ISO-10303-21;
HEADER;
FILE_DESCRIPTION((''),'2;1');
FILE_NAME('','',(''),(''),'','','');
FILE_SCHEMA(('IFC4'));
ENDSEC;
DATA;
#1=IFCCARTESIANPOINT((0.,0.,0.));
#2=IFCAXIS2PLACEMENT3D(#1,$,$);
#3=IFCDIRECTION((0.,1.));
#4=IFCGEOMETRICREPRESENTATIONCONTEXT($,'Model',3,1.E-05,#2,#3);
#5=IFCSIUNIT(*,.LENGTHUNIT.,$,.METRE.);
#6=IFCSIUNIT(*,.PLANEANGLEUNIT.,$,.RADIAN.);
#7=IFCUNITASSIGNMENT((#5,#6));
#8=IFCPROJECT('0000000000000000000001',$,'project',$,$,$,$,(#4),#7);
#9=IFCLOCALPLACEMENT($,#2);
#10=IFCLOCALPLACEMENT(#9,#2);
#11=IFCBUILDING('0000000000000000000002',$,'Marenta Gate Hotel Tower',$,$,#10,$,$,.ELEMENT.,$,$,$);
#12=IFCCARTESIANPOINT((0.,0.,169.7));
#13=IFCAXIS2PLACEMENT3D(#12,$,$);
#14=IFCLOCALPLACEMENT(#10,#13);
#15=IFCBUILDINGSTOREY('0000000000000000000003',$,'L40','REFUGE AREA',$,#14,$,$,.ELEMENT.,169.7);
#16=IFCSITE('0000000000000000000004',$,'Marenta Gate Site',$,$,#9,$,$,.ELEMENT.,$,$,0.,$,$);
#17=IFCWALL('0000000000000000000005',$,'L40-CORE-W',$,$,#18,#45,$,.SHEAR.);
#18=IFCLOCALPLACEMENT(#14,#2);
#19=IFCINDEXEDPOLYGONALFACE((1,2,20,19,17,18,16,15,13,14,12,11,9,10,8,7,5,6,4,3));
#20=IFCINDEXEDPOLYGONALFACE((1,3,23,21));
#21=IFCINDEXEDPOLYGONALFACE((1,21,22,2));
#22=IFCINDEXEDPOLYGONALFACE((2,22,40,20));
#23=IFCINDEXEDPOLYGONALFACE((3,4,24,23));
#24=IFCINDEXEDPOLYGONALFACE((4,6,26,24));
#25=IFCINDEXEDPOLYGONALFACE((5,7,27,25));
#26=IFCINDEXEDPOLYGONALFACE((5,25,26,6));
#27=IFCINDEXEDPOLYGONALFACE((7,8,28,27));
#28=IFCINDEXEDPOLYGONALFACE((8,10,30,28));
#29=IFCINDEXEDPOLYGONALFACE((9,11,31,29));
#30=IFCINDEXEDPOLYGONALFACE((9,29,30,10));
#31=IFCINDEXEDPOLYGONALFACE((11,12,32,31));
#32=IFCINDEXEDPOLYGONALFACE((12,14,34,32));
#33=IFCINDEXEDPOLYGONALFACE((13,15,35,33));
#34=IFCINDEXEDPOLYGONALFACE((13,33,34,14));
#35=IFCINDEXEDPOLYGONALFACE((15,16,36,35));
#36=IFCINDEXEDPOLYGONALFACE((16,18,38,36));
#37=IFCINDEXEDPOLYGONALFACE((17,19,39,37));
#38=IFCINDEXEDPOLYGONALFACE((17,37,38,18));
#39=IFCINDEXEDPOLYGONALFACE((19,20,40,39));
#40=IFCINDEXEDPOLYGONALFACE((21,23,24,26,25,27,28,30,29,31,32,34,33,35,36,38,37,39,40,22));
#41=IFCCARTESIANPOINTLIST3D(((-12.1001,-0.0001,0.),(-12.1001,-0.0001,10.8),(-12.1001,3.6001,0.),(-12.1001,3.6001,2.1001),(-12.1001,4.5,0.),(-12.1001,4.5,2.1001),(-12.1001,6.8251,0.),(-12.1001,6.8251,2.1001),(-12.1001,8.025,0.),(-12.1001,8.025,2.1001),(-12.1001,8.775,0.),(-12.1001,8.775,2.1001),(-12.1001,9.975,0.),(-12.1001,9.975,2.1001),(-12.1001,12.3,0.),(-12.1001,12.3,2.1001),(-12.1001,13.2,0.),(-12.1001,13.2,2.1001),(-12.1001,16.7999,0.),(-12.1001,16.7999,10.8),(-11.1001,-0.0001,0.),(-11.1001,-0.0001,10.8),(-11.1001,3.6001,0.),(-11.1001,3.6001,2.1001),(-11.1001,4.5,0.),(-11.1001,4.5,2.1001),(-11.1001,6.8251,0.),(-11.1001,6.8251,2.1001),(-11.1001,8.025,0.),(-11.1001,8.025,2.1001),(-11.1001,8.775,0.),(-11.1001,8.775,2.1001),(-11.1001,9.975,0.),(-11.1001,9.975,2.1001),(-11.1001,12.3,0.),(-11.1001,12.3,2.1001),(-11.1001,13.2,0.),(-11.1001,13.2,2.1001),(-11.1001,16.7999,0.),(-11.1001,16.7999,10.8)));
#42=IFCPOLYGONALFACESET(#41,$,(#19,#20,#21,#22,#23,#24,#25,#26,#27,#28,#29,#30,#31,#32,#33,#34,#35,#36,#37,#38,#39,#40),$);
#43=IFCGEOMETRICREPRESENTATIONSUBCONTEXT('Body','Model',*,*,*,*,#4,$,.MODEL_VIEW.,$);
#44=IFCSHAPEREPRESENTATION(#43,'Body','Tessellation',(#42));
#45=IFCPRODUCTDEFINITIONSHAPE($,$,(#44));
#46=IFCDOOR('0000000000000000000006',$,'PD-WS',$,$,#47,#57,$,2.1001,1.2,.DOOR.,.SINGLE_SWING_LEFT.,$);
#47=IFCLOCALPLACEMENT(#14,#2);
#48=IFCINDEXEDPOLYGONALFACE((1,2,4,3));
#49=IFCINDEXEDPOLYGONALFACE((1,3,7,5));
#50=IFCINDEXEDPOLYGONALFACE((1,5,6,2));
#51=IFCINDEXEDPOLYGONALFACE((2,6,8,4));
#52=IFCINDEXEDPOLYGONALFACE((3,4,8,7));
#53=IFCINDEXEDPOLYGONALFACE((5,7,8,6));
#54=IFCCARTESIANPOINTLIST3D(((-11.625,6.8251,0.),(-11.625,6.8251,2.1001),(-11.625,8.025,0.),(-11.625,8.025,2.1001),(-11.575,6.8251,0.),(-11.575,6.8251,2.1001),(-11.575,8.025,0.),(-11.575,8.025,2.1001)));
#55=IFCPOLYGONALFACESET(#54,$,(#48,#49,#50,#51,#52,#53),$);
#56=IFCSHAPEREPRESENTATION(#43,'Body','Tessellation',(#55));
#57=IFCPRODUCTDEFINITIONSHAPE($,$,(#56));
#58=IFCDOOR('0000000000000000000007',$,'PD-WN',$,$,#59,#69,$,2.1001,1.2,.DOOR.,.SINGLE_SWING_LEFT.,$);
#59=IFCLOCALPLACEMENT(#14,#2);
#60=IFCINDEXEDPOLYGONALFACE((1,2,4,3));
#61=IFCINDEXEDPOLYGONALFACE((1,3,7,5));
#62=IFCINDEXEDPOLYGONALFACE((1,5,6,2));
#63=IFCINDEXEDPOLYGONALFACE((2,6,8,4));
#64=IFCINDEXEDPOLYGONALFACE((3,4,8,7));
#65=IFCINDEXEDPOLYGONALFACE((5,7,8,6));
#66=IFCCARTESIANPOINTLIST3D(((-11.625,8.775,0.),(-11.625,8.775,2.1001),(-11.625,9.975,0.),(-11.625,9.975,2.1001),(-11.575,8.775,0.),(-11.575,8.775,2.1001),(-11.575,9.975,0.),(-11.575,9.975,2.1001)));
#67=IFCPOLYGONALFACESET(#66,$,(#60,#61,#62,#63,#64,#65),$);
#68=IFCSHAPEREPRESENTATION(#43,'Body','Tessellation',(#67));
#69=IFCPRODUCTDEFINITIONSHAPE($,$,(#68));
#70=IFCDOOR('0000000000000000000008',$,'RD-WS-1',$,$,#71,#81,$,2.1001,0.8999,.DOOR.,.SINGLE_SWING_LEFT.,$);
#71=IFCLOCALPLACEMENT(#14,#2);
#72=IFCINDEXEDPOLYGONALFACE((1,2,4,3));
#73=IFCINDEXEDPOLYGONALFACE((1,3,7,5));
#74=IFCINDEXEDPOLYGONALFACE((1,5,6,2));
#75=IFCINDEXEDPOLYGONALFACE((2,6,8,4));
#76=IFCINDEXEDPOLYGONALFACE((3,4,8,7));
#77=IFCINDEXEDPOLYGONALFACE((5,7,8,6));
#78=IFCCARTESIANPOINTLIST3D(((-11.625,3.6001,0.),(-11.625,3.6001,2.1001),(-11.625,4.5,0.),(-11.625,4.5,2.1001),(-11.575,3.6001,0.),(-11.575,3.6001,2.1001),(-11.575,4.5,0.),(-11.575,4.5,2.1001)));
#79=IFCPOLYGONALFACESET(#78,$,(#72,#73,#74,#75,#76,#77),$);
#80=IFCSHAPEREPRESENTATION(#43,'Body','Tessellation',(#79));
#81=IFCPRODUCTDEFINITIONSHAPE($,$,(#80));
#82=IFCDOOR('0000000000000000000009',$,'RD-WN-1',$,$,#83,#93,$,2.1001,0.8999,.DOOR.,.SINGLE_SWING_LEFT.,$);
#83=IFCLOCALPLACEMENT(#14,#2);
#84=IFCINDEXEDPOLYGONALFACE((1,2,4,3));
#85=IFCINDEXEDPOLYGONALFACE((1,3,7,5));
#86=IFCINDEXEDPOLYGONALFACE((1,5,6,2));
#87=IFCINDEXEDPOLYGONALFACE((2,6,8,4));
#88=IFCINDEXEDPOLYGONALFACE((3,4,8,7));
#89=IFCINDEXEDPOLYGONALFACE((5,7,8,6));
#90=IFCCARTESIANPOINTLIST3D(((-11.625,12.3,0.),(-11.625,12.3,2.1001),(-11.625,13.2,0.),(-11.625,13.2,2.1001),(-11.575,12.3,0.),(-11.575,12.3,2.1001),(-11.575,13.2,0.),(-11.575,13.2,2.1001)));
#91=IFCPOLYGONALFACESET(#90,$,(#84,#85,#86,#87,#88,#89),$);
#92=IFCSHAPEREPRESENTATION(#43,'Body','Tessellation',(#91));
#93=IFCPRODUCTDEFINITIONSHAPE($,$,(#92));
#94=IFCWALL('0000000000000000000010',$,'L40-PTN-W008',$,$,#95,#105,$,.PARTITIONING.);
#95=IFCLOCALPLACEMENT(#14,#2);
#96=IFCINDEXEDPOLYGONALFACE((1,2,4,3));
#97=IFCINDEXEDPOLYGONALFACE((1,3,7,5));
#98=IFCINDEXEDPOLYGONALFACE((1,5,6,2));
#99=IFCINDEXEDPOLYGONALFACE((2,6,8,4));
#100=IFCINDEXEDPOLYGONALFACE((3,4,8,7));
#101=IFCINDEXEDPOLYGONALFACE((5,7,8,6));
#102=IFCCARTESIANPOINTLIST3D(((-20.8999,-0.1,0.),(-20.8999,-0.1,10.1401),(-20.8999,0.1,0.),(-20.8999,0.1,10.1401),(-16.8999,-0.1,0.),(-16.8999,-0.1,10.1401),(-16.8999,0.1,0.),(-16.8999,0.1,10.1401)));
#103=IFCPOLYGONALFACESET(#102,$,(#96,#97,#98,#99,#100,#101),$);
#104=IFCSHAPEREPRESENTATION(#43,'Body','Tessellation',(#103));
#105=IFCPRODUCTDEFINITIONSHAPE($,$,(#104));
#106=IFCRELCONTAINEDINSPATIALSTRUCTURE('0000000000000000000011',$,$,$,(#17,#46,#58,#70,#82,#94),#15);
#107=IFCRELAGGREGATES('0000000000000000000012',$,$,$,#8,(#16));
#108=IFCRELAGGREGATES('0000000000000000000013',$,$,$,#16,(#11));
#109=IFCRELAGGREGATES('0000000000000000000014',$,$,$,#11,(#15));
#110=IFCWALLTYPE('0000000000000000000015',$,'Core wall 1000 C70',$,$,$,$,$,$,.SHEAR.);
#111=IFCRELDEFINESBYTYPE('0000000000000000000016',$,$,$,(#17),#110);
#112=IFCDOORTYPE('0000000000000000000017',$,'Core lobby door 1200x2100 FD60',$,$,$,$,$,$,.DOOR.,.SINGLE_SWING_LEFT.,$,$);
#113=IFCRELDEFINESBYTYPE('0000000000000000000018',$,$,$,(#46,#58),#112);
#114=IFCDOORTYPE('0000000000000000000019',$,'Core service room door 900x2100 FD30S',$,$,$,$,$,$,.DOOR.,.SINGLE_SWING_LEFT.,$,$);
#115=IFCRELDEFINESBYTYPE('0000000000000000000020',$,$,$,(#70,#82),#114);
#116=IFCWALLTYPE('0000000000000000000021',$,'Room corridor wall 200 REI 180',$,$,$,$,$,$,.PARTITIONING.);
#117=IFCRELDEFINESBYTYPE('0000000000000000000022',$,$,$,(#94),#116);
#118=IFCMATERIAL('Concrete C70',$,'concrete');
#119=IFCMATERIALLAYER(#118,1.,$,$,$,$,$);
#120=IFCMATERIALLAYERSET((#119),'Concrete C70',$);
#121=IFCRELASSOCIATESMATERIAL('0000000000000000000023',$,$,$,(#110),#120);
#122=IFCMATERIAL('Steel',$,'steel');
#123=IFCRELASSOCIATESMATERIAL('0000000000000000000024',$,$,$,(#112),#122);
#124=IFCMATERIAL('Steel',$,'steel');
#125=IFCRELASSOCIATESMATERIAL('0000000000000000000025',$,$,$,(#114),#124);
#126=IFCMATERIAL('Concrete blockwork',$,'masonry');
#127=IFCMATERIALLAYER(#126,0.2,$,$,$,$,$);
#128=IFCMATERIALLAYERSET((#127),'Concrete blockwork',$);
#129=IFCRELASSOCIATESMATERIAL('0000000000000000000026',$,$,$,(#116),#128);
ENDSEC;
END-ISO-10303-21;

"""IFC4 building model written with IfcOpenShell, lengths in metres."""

from ifc_helpers import new_model, si_unit, direction, frame, frame_2d, origin, place, context, subcontext, project, spatial, rectangle, extrude, material, layer, layer_set, type_object, element, fill, save


model = new_model("IFC4")

# Units and contexts
model_context = context("Model", 3, precision=1e-05, world=origin(), true_north=direction((0.0, 1.0)))
body_context = subcontext(model_context, "Body", "Model", "MODEL_VIEW")
ifc_project = project(units=[si_unit("LENGTHUNIT", "METRE"), si_unit("PLANEANGLEUNIT", "RADIAN")], contexts=[model_context])

# Site, building, storey
site_placement = place(None, origin())
site = spatial("IfcSite", under=ifc_project, at=site_placement, Name="Marenta Gate Site", CompositionType="ELEMENT", RefElevation=0.0)
building_placement = place(site_placement, origin())
building = spatial("IfcBuilding", under=site, at=building_placement, Name="Marenta Gate Hotel Tower", CompositionType="ELEMENT")
storey_placement = place(building_placement, frame((0.0, 0.0, 169.7)))
storey = spatial("IfcBuildingStorey", under=building, at=storey_placement, Name="L40", Description="REFUGE AREA", CompositionType="ELEMENT", Elevation=169.7)

# Wall, openings, doors
ifc_material_1 = material(Name="Concrete C70", Category="concrete")
ifc_layer_1 = layer(ifc_material_1, 1.0)
ifc_layer_set_1 = layer_set([ifc_layer_1], Name="Concrete C70")
wall_type_1 = type_object("IfcWallType", Name="Core wall 1000 C70", PredefinedType="SHEAR", material=ifc_layer_set_1)
wall_1_placement = place(storey_placement, frame((-11.6001, 0.0, 0.0), z_axis=(0.0, 0.0, 1.0), x_axis=(0.0, 1.0, 0.0)))
wall_1 = element("IfcWall", 1, at=wall_1_placement, inside=storey, type_object=wall_type_1, Name="L40-CORE-W", PredefinedType="SHEAR", context=body_context, shape_type="SweptSolid", body=[
    extrude(rectangle(XDim=16.8, YDim=1.0, at=frame_2d((8.3999, 0.0))), origin(), (0.0, 0.0, 1.0), 10.8),
])
opening_1_placement = place(wall_1_placement, frame((3.6001, 0.0, 0.0)))
opening_1 = element("IfcOpeningElement", 2, at=opening_1_placement, cuts=wall_1, PredefinedType="OPENING", context=body_context, shape_type="SweptSolid", body=[
    extrude(rectangle(XDim=0.8999, YDim=2.1001, at=frame_2d((0.45, 1.05))), frame((0.0, 0.5, 0.0), z_axis=(0.0, -1.0, 0.0), x_axis=(1.0, 0.0, 0.0)), (0.0, 0.0, 1.0), 1.0),
])
opening_2_placement = place(wall_1_placement, frame((6.825, 0.0, 0.0)))
opening_2 = element("IfcOpeningElement", 3, at=opening_2_placement, cuts=wall_1, PredefinedType="OPENING", context=body_context, shape_type="SweptSolid", body=[
    extrude(rectangle(XDim=1.2, YDim=2.1001, at=frame_2d((0.6001, 1.05))), frame((0.0, 0.5, 0.0), z_axis=(0.0, -1.0, 0.0), x_axis=(1.0, 0.0, 0.0)), (0.0, 0.0, 1.0), 1.0),
])
opening_3_placement = place(wall_1_placement, frame((12.3, 0.0, 0.0)))
opening_3 = element("IfcOpeningElement", 4, at=opening_3_placement, cuts=wall_1, PredefinedType="OPENING", context=body_context, shape_type="SweptSolid", body=[
    extrude(rectangle(XDim=0.8999, YDim=2.1001, at=frame_2d((0.45, 1.05))), frame((0.0, 0.5, 0.0), z_axis=(0.0, -1.0, 0.0), x_axis=(1.0, 0.0, 0.0)), (0.0, 0.0, 1.0), 1.0),
])
opening_4_placement = place(wall_1_placement, frame((8.7749, 0.0, 0.0)))
opening_4 = element("IfcOpeningElement", 5, at=opening_4_placement, cuts=wall_1, PredefinedType="OPENING", context=body_context, shape_type="SweptSolid", body=[
    extrude(rectangle(XDim=1.2, YDim=2.1001, at=frame_2d((0.6001, 1.05))), frame((0.0, 0.5, 0.0), z_axis=(0.0, -1.0, 0.0), x_axis=(1.0, 0.0, 0.0)), (0.0, 0.0, 1.0), 1.0),
])
ifc_material_2 = material(Name="Steel", Category="steel")
door_type_1 = type_object("IfcDoorType", Name="Core lobby door 1200x2100 FD60", OperationType="SINGLE_SWING_LEFT", PredefinedType="DOOR", material=ifc_material_2)
door_1_placement = place(opening_2_placement, origin())
door_1 = element("IfcDoor", 6, at=door_1_placement, inside=storey, type_object=door_type_1, Name="PD-WS", OperationType="SINGLE_SWING_LEFT", OverallHeight=2.1001, OverallWidth=1.2, PredefinedType="DOOR", context=body_context, shape_type="SweptSolid", body=[
    extrude(rectangle(XDim=1.2, YDim=2.1001, at=frame_2d((0.6001, 1.05))), frame((0.0, 0.0249, 0.0), z_axis=(0.0, -1.0, 0.0), x_axis=(1.0, 0.0, 0.0)), (0.0, 0.0, 1.0), 0.05),
])
fill(opening_2, door_1)
door_2_placement = place(opening_4_placement, origin())
door_2 = element("IfcDoor", 7, at=door_2_placement, inside=storey, type_object=door_type_1, Name="PD-WN", OperationType="SINGLE_SWING_LEFT", OverallHeight=2.1001, OverallWidth=1.2, PredefinedType="DOOR", context=body_context, shape_type="SweptSolid", body=[
    extrude(rectangle(XDim=1.2, YDim=2.1001, at=frame_2d((0.6001, 1.05))), frame((0.0, 0.0249, 0.0), z_axis=(0.0, -1.0, 0.0), x_axis=(1.0, 0.0, 0.0)), (0.0, 0.0, 1.0), 0.05),
])
fill(opening_4, door_2)
ifc_material_3 = material(Name="Steel", Category="steel")
door_type_2 = type_object("IfcDoorType", Name="Core service room door 900x2100 FD30S", OperationType="SINGLE_SWING_LEFT", PredefinedType="DOOR", material=ifc_material_3)
door_3_placement = place(opening_1_placement, origin())
door_3 = element("IfcDoor", 8, at=door_3_placement, inside=storey, type_object=door_type_2, Name="RD-WS-1", OperationType="SINGLE_SWING_LEFT", OverallHeight=2.1001, OverallWidth=0.8999, PredefinedType="DOOR", context=body_context, shape_type="SweptSolid", body=[
    extrude(rectangle(XDim=0.8999, YDim=2.1001, at=frame_2d((0.45, 1.05))), frame((0.0, 0.0249, 0.0), z_axis=(0.0, -1.0, 0.0), x_axis=(1.0, 0.0, 0.0)), (0.0, 0.0, 1.0), 0.05),
])
fill(opening_1, door_3)
door_4_placement = place(opening_3_placement, origin())
door_4 = element("IfcDoor", 9, at=door_4_placement, inside=storey, type_object=door_type_2, Name="RD-WN-1", OperationType="SINGLE_SWING_LEFT", OverallHeight=2.1001, OverallWidth=0.8999, PredefinedType="DOOR", context=body_context, shape_type="SweptSolid", body=[
    extrude(rectangle(XDim=0.8999, YDim=2.1001, at=frame_2d((0.45, 1.05))), frame((0.0, 0.0249, 0.0), z_axis=(0.0, -1.0, 0.0), x_axis=(1.0, 0.0, 0.0)), (0.0, 0.0, 1.0), 0.05),
])
fill(opening_3, door_4)

# Wall
ifc_material_4 = material(Name="Concrete blockwork", Category="masonry")
ifc_layer_2 = layer(ifc_material_4, 0.2)
ifc_layer_set_2 = layer_set([ifc_layer_2], Name="Concrete blockwork")
wall_type_2 = type_object("IfcWallType", Name="Room corridor wall 200 REI 180", PredefinedType="PARTITIONING", material=ifc_layer_set_2)
wall_2_placement = place(storey_placement, frame((-20.8999, 0.0, 0.0), z_axis=(0.0, 0.0, 1.0), x_axis=(1.0, 0.0, 0.0)))
element("IfcWall", 10, at=wall_2_placement, inside=storey, type_object=wall_type_2, Name="L40-PTN-W008", PredefinedType="PARTITIONING", context=body_context, shape_type="SweptSolid", body=[
    extrude(rectangle(XDim=4.0, YDim=0.2, at=frame_2d((2.0, 0.0))), origin(), (0.0, 0.0, 1.0), 10.1401),
])

save(model, "model.ifc")
